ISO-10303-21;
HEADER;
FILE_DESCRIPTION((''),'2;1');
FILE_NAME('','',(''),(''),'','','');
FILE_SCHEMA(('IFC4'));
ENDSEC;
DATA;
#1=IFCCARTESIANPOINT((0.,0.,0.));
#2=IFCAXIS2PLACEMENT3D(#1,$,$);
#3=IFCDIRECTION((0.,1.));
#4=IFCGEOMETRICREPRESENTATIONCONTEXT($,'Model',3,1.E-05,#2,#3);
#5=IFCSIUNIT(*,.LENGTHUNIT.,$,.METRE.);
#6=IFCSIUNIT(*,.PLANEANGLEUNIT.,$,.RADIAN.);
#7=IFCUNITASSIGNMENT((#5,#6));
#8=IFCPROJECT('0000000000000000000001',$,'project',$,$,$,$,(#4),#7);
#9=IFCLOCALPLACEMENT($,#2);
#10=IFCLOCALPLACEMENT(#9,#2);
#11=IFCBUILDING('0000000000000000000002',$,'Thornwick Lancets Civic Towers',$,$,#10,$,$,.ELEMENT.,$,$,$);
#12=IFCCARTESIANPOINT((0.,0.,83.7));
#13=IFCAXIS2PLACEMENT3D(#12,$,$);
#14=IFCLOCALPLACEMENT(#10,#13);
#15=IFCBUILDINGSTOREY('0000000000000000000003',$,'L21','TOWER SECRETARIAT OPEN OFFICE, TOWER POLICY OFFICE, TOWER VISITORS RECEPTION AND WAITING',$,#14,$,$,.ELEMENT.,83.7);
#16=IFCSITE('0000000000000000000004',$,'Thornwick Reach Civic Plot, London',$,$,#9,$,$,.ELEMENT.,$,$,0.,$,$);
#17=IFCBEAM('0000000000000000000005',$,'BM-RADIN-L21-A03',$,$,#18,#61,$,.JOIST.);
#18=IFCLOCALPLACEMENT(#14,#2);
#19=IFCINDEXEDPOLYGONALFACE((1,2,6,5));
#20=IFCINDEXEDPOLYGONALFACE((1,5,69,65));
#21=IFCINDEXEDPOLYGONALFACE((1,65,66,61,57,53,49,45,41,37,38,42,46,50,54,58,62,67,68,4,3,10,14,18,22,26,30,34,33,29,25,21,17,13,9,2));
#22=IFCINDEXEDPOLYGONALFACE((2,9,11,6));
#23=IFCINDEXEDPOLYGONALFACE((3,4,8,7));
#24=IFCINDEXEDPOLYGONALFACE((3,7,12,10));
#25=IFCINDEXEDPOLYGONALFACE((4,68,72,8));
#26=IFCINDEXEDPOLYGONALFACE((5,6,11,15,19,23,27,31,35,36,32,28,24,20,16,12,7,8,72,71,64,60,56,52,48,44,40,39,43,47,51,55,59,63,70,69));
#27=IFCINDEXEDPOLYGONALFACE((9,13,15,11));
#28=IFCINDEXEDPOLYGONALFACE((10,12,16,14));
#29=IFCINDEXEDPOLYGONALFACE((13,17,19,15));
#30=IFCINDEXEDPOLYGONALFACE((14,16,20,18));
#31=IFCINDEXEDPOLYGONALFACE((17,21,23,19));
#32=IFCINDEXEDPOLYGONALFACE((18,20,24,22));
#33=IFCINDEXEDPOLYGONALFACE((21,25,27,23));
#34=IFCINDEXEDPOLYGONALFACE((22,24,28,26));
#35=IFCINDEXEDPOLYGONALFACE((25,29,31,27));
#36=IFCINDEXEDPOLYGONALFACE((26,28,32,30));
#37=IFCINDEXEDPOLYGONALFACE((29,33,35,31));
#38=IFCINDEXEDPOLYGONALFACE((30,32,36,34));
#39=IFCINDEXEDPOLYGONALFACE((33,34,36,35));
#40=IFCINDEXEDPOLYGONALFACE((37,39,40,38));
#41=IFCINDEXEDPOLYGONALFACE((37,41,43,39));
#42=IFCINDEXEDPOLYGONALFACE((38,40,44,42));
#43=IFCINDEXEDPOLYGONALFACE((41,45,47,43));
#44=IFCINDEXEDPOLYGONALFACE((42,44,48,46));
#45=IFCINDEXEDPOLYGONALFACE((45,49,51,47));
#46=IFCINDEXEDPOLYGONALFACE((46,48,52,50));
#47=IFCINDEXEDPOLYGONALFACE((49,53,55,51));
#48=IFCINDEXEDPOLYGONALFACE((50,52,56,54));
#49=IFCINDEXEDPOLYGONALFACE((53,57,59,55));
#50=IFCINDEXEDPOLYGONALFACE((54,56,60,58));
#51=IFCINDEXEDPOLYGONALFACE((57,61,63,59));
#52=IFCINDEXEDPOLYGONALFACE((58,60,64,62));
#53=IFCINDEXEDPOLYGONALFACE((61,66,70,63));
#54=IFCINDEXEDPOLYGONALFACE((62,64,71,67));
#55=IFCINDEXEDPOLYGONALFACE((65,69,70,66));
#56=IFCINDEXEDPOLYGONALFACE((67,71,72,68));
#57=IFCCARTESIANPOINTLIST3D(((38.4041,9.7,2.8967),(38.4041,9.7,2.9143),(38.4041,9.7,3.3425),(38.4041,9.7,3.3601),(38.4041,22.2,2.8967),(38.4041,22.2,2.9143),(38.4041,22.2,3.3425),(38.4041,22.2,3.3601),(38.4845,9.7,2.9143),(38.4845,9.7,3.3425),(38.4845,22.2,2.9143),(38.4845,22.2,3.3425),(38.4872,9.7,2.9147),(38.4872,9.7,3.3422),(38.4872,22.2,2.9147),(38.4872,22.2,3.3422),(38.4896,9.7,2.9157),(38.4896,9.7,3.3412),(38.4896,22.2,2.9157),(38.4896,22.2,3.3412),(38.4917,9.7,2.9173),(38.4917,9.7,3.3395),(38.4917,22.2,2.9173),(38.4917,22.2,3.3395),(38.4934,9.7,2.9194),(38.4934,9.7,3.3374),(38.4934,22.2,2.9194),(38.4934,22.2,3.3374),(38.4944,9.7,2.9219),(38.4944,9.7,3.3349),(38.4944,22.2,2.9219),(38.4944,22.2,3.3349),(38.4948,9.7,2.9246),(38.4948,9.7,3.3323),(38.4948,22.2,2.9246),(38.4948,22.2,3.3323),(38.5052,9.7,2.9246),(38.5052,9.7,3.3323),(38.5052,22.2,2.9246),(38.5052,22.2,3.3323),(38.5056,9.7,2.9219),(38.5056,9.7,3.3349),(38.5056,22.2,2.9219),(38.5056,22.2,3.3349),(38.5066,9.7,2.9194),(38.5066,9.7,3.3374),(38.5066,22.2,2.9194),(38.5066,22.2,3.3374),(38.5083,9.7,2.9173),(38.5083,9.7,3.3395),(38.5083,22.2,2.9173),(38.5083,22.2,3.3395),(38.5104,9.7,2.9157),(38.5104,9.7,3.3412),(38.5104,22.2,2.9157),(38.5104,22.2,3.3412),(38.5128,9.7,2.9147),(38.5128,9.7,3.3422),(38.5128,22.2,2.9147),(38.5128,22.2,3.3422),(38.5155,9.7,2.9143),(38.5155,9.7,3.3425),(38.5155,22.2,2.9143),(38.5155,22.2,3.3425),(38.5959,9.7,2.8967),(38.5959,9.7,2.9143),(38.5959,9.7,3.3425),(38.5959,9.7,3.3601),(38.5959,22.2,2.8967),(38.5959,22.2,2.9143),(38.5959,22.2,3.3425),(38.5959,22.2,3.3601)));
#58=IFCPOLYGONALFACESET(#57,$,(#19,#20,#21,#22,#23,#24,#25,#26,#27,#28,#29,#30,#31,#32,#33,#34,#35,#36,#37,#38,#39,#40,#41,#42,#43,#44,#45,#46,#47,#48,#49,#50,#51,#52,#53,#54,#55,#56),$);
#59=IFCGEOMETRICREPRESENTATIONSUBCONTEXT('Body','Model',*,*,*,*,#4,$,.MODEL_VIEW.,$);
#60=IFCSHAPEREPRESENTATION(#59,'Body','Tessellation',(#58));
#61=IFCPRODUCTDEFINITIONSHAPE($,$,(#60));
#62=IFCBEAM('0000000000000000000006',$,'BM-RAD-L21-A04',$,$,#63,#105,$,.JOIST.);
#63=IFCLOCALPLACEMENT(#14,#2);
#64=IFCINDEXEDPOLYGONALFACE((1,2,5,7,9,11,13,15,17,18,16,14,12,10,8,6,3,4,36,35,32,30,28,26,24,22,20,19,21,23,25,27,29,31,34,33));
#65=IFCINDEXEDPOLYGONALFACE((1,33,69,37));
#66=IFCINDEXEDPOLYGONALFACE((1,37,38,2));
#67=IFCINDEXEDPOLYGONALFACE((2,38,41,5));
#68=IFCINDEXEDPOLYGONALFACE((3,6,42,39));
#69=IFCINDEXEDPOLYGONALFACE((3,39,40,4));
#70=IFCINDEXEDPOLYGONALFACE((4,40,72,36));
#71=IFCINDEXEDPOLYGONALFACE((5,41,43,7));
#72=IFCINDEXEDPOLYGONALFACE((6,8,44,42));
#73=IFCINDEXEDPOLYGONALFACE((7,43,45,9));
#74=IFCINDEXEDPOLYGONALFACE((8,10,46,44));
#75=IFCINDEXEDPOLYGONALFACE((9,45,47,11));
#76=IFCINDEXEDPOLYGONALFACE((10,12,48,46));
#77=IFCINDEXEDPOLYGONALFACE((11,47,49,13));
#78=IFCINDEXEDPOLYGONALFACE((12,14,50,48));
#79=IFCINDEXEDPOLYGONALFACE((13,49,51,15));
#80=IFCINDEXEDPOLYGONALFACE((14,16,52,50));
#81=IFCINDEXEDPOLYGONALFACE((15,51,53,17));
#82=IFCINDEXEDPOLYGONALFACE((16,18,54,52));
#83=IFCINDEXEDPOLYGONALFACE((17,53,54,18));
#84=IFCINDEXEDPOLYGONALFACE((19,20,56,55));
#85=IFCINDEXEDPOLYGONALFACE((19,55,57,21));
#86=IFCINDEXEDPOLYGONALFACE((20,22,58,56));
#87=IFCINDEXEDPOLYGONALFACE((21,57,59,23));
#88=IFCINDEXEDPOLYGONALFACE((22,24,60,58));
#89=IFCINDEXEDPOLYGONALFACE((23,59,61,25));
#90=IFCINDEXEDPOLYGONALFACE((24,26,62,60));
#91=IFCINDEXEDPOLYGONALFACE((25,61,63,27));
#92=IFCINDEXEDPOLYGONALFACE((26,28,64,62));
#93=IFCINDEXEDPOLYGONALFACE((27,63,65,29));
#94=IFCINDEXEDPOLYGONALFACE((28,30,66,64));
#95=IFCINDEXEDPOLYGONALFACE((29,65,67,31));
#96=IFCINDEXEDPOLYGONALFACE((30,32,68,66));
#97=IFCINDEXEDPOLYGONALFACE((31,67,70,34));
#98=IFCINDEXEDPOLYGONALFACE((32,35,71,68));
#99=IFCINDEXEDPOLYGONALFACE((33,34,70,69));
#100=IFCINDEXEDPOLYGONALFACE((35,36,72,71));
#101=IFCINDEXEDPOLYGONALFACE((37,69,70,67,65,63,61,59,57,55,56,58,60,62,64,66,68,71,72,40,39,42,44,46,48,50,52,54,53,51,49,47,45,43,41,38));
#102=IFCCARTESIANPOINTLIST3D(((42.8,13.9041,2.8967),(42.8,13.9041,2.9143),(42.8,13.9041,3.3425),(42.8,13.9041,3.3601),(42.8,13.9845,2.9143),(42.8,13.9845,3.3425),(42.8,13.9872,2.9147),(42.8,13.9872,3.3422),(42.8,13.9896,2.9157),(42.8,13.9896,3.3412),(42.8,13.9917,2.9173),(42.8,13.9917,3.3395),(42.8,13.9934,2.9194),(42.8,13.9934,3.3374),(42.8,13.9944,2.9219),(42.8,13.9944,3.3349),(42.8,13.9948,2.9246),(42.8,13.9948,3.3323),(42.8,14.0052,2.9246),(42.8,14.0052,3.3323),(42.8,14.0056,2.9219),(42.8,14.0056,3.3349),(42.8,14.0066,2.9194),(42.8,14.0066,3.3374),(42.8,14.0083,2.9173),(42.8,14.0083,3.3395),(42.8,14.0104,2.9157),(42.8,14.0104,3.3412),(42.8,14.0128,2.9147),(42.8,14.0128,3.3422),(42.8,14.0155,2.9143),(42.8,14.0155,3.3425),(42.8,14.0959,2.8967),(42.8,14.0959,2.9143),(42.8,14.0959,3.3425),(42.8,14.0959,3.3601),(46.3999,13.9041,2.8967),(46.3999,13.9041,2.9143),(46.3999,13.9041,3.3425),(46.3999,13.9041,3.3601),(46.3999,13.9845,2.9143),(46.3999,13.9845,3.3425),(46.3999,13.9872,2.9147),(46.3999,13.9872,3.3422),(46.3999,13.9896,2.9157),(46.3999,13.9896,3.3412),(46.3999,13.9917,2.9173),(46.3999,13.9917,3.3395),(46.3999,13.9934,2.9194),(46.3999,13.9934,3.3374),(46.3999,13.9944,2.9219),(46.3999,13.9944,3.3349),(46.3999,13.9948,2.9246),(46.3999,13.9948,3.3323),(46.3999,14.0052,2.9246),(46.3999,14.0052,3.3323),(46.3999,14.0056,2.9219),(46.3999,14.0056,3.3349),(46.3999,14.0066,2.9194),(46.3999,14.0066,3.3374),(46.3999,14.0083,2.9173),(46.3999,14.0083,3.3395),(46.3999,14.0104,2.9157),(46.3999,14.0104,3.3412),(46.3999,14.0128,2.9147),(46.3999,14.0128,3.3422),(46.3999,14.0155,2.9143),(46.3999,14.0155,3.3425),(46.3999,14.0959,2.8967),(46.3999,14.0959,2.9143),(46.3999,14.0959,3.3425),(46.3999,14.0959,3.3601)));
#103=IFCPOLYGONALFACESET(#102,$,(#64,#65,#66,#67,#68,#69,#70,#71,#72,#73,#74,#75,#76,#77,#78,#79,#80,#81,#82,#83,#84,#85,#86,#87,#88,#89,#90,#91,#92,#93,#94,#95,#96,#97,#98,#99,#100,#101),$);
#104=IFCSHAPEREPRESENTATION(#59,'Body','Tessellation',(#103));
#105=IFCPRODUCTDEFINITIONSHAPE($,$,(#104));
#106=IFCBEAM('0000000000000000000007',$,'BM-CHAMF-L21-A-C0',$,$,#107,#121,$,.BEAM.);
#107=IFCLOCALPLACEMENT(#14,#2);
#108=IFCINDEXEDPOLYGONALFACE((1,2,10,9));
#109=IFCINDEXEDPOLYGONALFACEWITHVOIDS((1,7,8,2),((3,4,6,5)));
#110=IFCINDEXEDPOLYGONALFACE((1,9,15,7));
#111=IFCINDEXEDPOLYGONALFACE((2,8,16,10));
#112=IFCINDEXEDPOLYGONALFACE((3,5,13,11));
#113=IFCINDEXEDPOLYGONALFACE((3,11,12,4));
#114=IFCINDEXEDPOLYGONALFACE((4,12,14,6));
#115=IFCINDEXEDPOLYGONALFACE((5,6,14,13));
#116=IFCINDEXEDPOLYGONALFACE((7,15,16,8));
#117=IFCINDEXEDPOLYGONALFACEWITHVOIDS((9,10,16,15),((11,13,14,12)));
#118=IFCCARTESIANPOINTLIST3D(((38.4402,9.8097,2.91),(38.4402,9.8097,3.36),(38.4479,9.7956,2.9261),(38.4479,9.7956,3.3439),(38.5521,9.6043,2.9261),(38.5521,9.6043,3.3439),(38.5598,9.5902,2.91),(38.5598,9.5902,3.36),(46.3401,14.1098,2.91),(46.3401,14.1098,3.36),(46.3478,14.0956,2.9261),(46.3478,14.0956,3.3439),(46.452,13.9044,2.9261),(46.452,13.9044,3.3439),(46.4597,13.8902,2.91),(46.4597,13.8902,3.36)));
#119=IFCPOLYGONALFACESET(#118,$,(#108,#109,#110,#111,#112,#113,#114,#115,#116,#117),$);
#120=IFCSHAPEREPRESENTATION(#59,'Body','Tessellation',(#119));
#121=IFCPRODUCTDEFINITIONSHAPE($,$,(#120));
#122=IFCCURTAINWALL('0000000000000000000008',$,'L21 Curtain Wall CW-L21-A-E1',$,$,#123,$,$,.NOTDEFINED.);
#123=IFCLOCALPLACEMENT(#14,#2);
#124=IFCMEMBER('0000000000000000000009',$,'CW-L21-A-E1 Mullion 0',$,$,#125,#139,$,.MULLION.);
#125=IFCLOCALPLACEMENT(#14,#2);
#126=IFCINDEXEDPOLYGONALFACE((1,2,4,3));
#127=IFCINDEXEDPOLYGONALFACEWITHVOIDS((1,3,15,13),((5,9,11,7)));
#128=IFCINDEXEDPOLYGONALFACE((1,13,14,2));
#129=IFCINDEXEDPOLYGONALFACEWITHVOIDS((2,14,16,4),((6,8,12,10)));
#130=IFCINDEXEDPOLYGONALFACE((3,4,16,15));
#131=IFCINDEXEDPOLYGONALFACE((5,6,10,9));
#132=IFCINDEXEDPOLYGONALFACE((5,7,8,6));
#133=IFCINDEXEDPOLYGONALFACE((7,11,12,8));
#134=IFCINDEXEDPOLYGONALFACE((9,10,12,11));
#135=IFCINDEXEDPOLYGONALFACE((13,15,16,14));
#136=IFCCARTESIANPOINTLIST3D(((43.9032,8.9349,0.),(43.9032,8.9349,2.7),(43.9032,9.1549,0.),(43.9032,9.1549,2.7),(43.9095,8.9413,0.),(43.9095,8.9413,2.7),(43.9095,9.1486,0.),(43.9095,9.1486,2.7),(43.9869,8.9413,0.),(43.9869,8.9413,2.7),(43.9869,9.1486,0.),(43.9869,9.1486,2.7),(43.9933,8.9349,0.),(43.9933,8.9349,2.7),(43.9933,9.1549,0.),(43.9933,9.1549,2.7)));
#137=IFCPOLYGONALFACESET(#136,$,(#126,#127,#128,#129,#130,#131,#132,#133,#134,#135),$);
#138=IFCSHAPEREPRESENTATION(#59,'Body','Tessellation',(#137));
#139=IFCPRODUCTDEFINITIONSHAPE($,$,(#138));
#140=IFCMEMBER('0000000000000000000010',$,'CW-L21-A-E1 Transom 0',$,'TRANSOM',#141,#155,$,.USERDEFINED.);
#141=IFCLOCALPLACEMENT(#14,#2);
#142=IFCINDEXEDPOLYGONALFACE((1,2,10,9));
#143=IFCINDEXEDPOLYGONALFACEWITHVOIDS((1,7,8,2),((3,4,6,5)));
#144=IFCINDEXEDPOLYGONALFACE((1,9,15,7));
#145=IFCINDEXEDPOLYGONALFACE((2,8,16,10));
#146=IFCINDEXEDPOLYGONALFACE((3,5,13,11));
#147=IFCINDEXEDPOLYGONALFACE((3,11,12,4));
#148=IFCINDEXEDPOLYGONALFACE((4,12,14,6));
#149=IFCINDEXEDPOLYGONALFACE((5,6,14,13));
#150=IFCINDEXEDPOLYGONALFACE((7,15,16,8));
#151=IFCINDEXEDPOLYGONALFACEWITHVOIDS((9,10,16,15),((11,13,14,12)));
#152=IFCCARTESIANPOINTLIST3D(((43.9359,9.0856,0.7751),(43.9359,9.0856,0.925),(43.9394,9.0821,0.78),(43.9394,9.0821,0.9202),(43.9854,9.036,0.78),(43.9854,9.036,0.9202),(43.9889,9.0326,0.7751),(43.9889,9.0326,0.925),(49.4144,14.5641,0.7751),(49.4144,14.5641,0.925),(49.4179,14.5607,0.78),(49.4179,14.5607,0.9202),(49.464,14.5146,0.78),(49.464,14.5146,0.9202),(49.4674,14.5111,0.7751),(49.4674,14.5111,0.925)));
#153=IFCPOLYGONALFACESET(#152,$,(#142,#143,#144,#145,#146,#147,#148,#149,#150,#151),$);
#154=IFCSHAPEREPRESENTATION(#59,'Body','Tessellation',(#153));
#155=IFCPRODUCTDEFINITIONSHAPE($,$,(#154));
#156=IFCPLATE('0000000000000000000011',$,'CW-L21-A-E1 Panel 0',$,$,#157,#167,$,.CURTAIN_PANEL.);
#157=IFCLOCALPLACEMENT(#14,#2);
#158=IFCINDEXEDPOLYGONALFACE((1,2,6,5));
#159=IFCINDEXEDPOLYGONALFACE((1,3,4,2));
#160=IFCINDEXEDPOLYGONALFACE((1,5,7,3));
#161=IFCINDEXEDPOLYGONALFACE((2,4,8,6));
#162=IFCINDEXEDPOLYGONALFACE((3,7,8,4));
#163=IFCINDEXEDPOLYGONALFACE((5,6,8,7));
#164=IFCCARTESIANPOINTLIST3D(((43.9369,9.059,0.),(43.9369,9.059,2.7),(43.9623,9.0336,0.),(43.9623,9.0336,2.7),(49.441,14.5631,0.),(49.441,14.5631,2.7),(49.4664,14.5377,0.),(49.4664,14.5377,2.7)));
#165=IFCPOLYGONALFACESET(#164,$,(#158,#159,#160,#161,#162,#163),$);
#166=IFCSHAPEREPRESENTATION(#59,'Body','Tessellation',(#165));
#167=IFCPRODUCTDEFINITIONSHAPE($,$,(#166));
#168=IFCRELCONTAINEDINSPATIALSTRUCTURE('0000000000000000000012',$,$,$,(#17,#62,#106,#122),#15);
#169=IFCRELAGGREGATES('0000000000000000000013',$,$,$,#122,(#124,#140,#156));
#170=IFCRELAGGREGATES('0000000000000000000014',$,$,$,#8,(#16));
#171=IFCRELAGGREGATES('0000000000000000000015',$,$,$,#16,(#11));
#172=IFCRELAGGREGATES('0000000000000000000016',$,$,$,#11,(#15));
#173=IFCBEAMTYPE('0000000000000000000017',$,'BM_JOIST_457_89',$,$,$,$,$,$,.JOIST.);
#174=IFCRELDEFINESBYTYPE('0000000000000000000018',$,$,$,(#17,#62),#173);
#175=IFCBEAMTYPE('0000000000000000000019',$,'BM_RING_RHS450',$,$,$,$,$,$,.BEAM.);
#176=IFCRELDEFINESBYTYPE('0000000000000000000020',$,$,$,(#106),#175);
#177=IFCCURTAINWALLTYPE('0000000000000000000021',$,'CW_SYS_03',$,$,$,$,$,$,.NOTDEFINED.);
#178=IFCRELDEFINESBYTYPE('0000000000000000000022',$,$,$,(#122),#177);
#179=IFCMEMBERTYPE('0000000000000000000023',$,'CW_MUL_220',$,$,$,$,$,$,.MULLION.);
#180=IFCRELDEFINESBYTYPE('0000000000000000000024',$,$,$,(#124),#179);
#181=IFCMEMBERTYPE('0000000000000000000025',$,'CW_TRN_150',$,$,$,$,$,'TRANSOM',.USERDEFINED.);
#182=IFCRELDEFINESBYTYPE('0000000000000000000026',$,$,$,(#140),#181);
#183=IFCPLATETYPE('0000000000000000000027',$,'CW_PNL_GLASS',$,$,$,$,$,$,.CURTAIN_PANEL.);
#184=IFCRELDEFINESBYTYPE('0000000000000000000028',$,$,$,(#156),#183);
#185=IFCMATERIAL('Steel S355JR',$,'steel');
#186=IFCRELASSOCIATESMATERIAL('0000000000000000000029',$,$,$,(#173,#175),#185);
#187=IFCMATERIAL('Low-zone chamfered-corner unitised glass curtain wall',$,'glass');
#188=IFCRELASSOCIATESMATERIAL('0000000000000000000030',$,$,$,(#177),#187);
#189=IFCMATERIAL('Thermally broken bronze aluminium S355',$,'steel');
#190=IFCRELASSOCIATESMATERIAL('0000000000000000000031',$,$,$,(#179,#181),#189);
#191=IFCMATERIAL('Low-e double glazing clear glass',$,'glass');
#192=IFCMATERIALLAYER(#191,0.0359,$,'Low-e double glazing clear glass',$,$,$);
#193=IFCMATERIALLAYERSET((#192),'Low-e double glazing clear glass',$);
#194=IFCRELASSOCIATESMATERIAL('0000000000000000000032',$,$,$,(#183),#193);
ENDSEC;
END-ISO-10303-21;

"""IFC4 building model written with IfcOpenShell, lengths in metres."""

from ifc_helpers import new_model, si_unit, direction, frame, origin, origin_2d, place, context, subcontext, project, spatial, rectangle, hollow_rectangle, i_section, extrude, material, layer, layer_set, material_profile, profile_set, type_object, element, aggregate, save


model = new_model("IFC4")

# Units and contexts
model_context = context("Model", 3, precision=1e-05, world=origin(), true_north=direction((0.0, 1.0)))
body_context = subcontext(model_context, "Body", "Model", "MODEL_VIEW")
ifc_project = project(units=[si_unit("LENGTHUNIT", "METRE"), si_unit("PLANEANGLEUNIT", "RADIAN")], contexts=[model_context])

# Site, building, storey
site_placement = place(None, origin())
site = spatial("IfcSite", under=ifc_project, at=site_placement, Name="Thornwick Reach Civic Plot, London", CompositionType="ELEMENT", RefElevation=0.0)
building_placement = place(site_placement, origin())
building = spatial("IfcBuilding", under=site, at=building_placement, Name="Thornwick Lancets Civic Towers", CompositionType="ELEMENT")
storey_placement = place(building_placement, frame((0.0, 0.0, 83.7)))
storey = spatial("IfcBuildingStorey", under=building, at=storey_placement, Name="L21", Description="TOWER SECRETARIAT OPEN OFFICE, TOWER POLICY OFFICE, TOWER VISITORS RECEPTION AND WAITING", CompositionType="ELEMENT", Elevation=83.7)

# Beams
ifc_material_1 = material(Name="Steel S355JR", Category="steel")
ifc_material_profile_1 = material_profile(ifc_material_1, i_section(OverallWidth=0.1919, OverallDepth=0.4634, WebThickness=0.0105, FlangeThickness=0.0176, FilletRadius=0.0103, at=origin_2d()), Name="UKB 457x191x89")
ifc_profile_set_1 = profile_set([ifc_material_profile_1], Name="Steel S355JR")
beam_type_1 = type_object("IfcBeamType", Name="BM_JOIST_457_89", PredefinedType="JOIST", material=ifc_profile_set_1)
beam_1_placement = place(storey_placement, frame((38.5, 22.2, 3.1284), z_axis=(0.0, -1.0, 0.0), x_axis=(1.0, 0.0, 0.0)))
element("IfcBeam", 1, at=beam_1_placement, inside=storey, type_object=beam_type_1, Name="BM-RADIN-L21-A03", PredefinedType="JOIST", context=body_context, shape_type="SweptSolid", body=[
    extrude(i_section(OverallWidth=0.1919, OverallDepth=0.4634, WebThickness=0.0105, FlangeThickness=0.0176, FilletRadius=0.0103, at=origin_2d()), origin(), (0.0, 0.0, 1.0), 12.5),
])
beam_2_placement = place(storey_placement, frame((42.8, 14.0, 3.1284), z_axis=(1.0, 0.0, 0.0), x_axis=(0.0, 1.0, 0.0)))
element("IfcBeam", 2, at=beam_2_placement, inside=storey, type_object=beam_type_1, Name="BM-RAD-L21-A04", PredefinedType="JOIST", context=body_context, shape_type="SweptSolid", body=[
    extrude(i_section(OverallWidth=0.1919, OverallDepth=0.4634, WebThickness=0.0105, FlangeThickness=0.0176, FilletRadius=0.0103, at=origin_2d()), origin(), (0.0, 0.0, 1.0), 3.5999),
])
ifc_material_profile_2 = material_profile(ifc_material_1, hollow_rectangle(XDim=0.25, YDim=0.45, WallThickness=0.0161, at=origin_2d()), Name="RHS 450x250x16")
ifc_profile_set_2 = profile_set([ifc_material_profile_2], Name="Steel S355JR")
beam_type_2 = type_object("IfcBeamType", Name="BM_RING_RHS450", PredefinedType="BEAM", material=ifc_profile_set_2)
beam_3_placement = place(storey_placement, frame((38.5, 9.7, 3.135), z_axis=(0.878315, 0.478082, 0.0), x_axis=(-0.478082, 0.878315, 0.0)))
element("IfcBeam", 3, at=beam_3_placement, inside=storey, type_object=beam_type_2, Name="BM-CHAMF-L21-A-C0", PredefinedType="BEAM", context=body_context, shape_type="SweptSolid", body=[
    extrude(hollow_rectangle(XDim=0.25, YDim=0.45, WallThickness=0.0161, at=origin_2d()), origin(), (0.0, 0.0, 1.0), 8.9944),
])

# Curtain wall, members, plate
ifc_material_2 = material(Name="Low-zone chamfered-corner unitised glass curtain wall", Category="glass")
curtain_wall_type = type_object("IfcCurtainWallType", Name="CW_SYS_03", PredefinedType="NOTDEFINED", material=ifc_material_2)
curtain_wall_placement = place(storey_placement, origin())
curtain_wall = element("IfcCurtainWall", 4, at=curtain_wall_placement, inside=storey, type_object=curtain_wall_type, Name="L21 Curtain Wall CW-L21-A-E1", PredefinedType="NOTDEFINED")
ifc_material_3 = material(Name="Thermally broken bronze aluminium S355", Category="steel")
ifc_material_profile_3 = material_profile(ifc_material_3, hollow_rectangle(XDim=0.0901, YDim=0.22, WallThickness=0.0063, at=origin_2d()), Name="RHS 220x90x6.3")
ifc_profile_set_3 = profile_set([ifc_material_profile_3], Name="Thermally broken bronze aluminium S355")
member_type_1 = type_object("IfcMemberType", Name="CW_MUL_220", PredefinedType="MULLION", material=ifc_profile_set_3)
member_1_placement = place(storey_placement, frame((43.9482, 9.0449, 0.0), z_axis=(0.0, 0.0, 1.0), x_axis=(1.0, 0.0, 0.0)))
member_1 = element("IfcMember", 5, at=member_1_placement, type_object=member_type_1, Name="CW-L21-A-E1 Mullion 0", PredefinedType="MULLION", context=body_context, shape_type="SweptSolid", body=[
    extrude(hollow_rectangle(XDim=0.0901, YDim=0.22, WallThickness=0.0063, at=origin_2d()), origin(), (0.0, 0.0, 1.0), 2.7),
])
ifc_material_profile_4 = material_profile(ifc_material_3, hollow_rectangle(XDim=0.075, YDim=0.1499, WallThickness=0.0049, at=origin_2d()), Name="RHS 150x75x5")
ifc_profile_set_4 = profile_set([ifc_material_profile_4], Name="Thermally broken bronze aluminium S355")
member_type_2 = type_object("IfcMemberType", Name="CW_TRN_150", ElementType="TRANSOM", PredefinedType="USERDEFINED", material=ifc_profile_set_4)
member_2_placement = place(storey_placement, frame((43.9624, 9.0591, 0.8501), z_axis=(0.707107, 0.707107, 0.0), x_axis=(-0.707107, 0.707107, 0.0)))
member_2 = element("IfcMember", 6, at=member_2_placement, type_object=member_type_2, Name="CW-L21-A-E1 Transom 0", ObjectType="TRANSOM", PredefinedType="USERDEFINED", context=body_context, shape_type="SweptSolid", body=[
    extrude(hollow_rectangle(XDim=0.075, YDim=0.1499, WallThickness=0.0049, at=origin_2d()), origin(), (0.0, 0.0, 1.0), 7.7478),
])
ifc_material_4 = material(Name="Low-e double glazing clear glass", Category="glass")
ifc_layer_1 = layer(ifc_material_4, 0.0359, Name="Low-e double glazing clear glass")
ifc_layer_set_1 = layer_set([ifc_layer_1], Name="Low-e double glazing clear glass")
plate_type = type_object("IfcPlateType", Name="CW_PNL_GLASS", PredefinedType="CURTAIN_PANEL", material=ifc_layer_set_1)
plate_placement = place(storey_placement, frame((46.7017, 11.7983, 0.0), z_axis=(0.0, 0.0, 1.0), x_axis=(0.707107, 0.707107, 0.0)))
plate = element("IfcPlate", 7, at=plate_placement, type_object=plate_type, Name="CW-L21-A-E1 Panel 0", PredefinedType="CURTAIN_PANEL", context=body_context, shape_type="SweptSolid", body=[
    extrude(rectangle(XDim=7.7839, YDim=0.0359, at=origin_2d()), origin(), (0.0, 0.0, 1.0), 2.7),
])
aggregate(curtain_wall, [member_1, member_2, plate])

save(model, "model.ifc")
